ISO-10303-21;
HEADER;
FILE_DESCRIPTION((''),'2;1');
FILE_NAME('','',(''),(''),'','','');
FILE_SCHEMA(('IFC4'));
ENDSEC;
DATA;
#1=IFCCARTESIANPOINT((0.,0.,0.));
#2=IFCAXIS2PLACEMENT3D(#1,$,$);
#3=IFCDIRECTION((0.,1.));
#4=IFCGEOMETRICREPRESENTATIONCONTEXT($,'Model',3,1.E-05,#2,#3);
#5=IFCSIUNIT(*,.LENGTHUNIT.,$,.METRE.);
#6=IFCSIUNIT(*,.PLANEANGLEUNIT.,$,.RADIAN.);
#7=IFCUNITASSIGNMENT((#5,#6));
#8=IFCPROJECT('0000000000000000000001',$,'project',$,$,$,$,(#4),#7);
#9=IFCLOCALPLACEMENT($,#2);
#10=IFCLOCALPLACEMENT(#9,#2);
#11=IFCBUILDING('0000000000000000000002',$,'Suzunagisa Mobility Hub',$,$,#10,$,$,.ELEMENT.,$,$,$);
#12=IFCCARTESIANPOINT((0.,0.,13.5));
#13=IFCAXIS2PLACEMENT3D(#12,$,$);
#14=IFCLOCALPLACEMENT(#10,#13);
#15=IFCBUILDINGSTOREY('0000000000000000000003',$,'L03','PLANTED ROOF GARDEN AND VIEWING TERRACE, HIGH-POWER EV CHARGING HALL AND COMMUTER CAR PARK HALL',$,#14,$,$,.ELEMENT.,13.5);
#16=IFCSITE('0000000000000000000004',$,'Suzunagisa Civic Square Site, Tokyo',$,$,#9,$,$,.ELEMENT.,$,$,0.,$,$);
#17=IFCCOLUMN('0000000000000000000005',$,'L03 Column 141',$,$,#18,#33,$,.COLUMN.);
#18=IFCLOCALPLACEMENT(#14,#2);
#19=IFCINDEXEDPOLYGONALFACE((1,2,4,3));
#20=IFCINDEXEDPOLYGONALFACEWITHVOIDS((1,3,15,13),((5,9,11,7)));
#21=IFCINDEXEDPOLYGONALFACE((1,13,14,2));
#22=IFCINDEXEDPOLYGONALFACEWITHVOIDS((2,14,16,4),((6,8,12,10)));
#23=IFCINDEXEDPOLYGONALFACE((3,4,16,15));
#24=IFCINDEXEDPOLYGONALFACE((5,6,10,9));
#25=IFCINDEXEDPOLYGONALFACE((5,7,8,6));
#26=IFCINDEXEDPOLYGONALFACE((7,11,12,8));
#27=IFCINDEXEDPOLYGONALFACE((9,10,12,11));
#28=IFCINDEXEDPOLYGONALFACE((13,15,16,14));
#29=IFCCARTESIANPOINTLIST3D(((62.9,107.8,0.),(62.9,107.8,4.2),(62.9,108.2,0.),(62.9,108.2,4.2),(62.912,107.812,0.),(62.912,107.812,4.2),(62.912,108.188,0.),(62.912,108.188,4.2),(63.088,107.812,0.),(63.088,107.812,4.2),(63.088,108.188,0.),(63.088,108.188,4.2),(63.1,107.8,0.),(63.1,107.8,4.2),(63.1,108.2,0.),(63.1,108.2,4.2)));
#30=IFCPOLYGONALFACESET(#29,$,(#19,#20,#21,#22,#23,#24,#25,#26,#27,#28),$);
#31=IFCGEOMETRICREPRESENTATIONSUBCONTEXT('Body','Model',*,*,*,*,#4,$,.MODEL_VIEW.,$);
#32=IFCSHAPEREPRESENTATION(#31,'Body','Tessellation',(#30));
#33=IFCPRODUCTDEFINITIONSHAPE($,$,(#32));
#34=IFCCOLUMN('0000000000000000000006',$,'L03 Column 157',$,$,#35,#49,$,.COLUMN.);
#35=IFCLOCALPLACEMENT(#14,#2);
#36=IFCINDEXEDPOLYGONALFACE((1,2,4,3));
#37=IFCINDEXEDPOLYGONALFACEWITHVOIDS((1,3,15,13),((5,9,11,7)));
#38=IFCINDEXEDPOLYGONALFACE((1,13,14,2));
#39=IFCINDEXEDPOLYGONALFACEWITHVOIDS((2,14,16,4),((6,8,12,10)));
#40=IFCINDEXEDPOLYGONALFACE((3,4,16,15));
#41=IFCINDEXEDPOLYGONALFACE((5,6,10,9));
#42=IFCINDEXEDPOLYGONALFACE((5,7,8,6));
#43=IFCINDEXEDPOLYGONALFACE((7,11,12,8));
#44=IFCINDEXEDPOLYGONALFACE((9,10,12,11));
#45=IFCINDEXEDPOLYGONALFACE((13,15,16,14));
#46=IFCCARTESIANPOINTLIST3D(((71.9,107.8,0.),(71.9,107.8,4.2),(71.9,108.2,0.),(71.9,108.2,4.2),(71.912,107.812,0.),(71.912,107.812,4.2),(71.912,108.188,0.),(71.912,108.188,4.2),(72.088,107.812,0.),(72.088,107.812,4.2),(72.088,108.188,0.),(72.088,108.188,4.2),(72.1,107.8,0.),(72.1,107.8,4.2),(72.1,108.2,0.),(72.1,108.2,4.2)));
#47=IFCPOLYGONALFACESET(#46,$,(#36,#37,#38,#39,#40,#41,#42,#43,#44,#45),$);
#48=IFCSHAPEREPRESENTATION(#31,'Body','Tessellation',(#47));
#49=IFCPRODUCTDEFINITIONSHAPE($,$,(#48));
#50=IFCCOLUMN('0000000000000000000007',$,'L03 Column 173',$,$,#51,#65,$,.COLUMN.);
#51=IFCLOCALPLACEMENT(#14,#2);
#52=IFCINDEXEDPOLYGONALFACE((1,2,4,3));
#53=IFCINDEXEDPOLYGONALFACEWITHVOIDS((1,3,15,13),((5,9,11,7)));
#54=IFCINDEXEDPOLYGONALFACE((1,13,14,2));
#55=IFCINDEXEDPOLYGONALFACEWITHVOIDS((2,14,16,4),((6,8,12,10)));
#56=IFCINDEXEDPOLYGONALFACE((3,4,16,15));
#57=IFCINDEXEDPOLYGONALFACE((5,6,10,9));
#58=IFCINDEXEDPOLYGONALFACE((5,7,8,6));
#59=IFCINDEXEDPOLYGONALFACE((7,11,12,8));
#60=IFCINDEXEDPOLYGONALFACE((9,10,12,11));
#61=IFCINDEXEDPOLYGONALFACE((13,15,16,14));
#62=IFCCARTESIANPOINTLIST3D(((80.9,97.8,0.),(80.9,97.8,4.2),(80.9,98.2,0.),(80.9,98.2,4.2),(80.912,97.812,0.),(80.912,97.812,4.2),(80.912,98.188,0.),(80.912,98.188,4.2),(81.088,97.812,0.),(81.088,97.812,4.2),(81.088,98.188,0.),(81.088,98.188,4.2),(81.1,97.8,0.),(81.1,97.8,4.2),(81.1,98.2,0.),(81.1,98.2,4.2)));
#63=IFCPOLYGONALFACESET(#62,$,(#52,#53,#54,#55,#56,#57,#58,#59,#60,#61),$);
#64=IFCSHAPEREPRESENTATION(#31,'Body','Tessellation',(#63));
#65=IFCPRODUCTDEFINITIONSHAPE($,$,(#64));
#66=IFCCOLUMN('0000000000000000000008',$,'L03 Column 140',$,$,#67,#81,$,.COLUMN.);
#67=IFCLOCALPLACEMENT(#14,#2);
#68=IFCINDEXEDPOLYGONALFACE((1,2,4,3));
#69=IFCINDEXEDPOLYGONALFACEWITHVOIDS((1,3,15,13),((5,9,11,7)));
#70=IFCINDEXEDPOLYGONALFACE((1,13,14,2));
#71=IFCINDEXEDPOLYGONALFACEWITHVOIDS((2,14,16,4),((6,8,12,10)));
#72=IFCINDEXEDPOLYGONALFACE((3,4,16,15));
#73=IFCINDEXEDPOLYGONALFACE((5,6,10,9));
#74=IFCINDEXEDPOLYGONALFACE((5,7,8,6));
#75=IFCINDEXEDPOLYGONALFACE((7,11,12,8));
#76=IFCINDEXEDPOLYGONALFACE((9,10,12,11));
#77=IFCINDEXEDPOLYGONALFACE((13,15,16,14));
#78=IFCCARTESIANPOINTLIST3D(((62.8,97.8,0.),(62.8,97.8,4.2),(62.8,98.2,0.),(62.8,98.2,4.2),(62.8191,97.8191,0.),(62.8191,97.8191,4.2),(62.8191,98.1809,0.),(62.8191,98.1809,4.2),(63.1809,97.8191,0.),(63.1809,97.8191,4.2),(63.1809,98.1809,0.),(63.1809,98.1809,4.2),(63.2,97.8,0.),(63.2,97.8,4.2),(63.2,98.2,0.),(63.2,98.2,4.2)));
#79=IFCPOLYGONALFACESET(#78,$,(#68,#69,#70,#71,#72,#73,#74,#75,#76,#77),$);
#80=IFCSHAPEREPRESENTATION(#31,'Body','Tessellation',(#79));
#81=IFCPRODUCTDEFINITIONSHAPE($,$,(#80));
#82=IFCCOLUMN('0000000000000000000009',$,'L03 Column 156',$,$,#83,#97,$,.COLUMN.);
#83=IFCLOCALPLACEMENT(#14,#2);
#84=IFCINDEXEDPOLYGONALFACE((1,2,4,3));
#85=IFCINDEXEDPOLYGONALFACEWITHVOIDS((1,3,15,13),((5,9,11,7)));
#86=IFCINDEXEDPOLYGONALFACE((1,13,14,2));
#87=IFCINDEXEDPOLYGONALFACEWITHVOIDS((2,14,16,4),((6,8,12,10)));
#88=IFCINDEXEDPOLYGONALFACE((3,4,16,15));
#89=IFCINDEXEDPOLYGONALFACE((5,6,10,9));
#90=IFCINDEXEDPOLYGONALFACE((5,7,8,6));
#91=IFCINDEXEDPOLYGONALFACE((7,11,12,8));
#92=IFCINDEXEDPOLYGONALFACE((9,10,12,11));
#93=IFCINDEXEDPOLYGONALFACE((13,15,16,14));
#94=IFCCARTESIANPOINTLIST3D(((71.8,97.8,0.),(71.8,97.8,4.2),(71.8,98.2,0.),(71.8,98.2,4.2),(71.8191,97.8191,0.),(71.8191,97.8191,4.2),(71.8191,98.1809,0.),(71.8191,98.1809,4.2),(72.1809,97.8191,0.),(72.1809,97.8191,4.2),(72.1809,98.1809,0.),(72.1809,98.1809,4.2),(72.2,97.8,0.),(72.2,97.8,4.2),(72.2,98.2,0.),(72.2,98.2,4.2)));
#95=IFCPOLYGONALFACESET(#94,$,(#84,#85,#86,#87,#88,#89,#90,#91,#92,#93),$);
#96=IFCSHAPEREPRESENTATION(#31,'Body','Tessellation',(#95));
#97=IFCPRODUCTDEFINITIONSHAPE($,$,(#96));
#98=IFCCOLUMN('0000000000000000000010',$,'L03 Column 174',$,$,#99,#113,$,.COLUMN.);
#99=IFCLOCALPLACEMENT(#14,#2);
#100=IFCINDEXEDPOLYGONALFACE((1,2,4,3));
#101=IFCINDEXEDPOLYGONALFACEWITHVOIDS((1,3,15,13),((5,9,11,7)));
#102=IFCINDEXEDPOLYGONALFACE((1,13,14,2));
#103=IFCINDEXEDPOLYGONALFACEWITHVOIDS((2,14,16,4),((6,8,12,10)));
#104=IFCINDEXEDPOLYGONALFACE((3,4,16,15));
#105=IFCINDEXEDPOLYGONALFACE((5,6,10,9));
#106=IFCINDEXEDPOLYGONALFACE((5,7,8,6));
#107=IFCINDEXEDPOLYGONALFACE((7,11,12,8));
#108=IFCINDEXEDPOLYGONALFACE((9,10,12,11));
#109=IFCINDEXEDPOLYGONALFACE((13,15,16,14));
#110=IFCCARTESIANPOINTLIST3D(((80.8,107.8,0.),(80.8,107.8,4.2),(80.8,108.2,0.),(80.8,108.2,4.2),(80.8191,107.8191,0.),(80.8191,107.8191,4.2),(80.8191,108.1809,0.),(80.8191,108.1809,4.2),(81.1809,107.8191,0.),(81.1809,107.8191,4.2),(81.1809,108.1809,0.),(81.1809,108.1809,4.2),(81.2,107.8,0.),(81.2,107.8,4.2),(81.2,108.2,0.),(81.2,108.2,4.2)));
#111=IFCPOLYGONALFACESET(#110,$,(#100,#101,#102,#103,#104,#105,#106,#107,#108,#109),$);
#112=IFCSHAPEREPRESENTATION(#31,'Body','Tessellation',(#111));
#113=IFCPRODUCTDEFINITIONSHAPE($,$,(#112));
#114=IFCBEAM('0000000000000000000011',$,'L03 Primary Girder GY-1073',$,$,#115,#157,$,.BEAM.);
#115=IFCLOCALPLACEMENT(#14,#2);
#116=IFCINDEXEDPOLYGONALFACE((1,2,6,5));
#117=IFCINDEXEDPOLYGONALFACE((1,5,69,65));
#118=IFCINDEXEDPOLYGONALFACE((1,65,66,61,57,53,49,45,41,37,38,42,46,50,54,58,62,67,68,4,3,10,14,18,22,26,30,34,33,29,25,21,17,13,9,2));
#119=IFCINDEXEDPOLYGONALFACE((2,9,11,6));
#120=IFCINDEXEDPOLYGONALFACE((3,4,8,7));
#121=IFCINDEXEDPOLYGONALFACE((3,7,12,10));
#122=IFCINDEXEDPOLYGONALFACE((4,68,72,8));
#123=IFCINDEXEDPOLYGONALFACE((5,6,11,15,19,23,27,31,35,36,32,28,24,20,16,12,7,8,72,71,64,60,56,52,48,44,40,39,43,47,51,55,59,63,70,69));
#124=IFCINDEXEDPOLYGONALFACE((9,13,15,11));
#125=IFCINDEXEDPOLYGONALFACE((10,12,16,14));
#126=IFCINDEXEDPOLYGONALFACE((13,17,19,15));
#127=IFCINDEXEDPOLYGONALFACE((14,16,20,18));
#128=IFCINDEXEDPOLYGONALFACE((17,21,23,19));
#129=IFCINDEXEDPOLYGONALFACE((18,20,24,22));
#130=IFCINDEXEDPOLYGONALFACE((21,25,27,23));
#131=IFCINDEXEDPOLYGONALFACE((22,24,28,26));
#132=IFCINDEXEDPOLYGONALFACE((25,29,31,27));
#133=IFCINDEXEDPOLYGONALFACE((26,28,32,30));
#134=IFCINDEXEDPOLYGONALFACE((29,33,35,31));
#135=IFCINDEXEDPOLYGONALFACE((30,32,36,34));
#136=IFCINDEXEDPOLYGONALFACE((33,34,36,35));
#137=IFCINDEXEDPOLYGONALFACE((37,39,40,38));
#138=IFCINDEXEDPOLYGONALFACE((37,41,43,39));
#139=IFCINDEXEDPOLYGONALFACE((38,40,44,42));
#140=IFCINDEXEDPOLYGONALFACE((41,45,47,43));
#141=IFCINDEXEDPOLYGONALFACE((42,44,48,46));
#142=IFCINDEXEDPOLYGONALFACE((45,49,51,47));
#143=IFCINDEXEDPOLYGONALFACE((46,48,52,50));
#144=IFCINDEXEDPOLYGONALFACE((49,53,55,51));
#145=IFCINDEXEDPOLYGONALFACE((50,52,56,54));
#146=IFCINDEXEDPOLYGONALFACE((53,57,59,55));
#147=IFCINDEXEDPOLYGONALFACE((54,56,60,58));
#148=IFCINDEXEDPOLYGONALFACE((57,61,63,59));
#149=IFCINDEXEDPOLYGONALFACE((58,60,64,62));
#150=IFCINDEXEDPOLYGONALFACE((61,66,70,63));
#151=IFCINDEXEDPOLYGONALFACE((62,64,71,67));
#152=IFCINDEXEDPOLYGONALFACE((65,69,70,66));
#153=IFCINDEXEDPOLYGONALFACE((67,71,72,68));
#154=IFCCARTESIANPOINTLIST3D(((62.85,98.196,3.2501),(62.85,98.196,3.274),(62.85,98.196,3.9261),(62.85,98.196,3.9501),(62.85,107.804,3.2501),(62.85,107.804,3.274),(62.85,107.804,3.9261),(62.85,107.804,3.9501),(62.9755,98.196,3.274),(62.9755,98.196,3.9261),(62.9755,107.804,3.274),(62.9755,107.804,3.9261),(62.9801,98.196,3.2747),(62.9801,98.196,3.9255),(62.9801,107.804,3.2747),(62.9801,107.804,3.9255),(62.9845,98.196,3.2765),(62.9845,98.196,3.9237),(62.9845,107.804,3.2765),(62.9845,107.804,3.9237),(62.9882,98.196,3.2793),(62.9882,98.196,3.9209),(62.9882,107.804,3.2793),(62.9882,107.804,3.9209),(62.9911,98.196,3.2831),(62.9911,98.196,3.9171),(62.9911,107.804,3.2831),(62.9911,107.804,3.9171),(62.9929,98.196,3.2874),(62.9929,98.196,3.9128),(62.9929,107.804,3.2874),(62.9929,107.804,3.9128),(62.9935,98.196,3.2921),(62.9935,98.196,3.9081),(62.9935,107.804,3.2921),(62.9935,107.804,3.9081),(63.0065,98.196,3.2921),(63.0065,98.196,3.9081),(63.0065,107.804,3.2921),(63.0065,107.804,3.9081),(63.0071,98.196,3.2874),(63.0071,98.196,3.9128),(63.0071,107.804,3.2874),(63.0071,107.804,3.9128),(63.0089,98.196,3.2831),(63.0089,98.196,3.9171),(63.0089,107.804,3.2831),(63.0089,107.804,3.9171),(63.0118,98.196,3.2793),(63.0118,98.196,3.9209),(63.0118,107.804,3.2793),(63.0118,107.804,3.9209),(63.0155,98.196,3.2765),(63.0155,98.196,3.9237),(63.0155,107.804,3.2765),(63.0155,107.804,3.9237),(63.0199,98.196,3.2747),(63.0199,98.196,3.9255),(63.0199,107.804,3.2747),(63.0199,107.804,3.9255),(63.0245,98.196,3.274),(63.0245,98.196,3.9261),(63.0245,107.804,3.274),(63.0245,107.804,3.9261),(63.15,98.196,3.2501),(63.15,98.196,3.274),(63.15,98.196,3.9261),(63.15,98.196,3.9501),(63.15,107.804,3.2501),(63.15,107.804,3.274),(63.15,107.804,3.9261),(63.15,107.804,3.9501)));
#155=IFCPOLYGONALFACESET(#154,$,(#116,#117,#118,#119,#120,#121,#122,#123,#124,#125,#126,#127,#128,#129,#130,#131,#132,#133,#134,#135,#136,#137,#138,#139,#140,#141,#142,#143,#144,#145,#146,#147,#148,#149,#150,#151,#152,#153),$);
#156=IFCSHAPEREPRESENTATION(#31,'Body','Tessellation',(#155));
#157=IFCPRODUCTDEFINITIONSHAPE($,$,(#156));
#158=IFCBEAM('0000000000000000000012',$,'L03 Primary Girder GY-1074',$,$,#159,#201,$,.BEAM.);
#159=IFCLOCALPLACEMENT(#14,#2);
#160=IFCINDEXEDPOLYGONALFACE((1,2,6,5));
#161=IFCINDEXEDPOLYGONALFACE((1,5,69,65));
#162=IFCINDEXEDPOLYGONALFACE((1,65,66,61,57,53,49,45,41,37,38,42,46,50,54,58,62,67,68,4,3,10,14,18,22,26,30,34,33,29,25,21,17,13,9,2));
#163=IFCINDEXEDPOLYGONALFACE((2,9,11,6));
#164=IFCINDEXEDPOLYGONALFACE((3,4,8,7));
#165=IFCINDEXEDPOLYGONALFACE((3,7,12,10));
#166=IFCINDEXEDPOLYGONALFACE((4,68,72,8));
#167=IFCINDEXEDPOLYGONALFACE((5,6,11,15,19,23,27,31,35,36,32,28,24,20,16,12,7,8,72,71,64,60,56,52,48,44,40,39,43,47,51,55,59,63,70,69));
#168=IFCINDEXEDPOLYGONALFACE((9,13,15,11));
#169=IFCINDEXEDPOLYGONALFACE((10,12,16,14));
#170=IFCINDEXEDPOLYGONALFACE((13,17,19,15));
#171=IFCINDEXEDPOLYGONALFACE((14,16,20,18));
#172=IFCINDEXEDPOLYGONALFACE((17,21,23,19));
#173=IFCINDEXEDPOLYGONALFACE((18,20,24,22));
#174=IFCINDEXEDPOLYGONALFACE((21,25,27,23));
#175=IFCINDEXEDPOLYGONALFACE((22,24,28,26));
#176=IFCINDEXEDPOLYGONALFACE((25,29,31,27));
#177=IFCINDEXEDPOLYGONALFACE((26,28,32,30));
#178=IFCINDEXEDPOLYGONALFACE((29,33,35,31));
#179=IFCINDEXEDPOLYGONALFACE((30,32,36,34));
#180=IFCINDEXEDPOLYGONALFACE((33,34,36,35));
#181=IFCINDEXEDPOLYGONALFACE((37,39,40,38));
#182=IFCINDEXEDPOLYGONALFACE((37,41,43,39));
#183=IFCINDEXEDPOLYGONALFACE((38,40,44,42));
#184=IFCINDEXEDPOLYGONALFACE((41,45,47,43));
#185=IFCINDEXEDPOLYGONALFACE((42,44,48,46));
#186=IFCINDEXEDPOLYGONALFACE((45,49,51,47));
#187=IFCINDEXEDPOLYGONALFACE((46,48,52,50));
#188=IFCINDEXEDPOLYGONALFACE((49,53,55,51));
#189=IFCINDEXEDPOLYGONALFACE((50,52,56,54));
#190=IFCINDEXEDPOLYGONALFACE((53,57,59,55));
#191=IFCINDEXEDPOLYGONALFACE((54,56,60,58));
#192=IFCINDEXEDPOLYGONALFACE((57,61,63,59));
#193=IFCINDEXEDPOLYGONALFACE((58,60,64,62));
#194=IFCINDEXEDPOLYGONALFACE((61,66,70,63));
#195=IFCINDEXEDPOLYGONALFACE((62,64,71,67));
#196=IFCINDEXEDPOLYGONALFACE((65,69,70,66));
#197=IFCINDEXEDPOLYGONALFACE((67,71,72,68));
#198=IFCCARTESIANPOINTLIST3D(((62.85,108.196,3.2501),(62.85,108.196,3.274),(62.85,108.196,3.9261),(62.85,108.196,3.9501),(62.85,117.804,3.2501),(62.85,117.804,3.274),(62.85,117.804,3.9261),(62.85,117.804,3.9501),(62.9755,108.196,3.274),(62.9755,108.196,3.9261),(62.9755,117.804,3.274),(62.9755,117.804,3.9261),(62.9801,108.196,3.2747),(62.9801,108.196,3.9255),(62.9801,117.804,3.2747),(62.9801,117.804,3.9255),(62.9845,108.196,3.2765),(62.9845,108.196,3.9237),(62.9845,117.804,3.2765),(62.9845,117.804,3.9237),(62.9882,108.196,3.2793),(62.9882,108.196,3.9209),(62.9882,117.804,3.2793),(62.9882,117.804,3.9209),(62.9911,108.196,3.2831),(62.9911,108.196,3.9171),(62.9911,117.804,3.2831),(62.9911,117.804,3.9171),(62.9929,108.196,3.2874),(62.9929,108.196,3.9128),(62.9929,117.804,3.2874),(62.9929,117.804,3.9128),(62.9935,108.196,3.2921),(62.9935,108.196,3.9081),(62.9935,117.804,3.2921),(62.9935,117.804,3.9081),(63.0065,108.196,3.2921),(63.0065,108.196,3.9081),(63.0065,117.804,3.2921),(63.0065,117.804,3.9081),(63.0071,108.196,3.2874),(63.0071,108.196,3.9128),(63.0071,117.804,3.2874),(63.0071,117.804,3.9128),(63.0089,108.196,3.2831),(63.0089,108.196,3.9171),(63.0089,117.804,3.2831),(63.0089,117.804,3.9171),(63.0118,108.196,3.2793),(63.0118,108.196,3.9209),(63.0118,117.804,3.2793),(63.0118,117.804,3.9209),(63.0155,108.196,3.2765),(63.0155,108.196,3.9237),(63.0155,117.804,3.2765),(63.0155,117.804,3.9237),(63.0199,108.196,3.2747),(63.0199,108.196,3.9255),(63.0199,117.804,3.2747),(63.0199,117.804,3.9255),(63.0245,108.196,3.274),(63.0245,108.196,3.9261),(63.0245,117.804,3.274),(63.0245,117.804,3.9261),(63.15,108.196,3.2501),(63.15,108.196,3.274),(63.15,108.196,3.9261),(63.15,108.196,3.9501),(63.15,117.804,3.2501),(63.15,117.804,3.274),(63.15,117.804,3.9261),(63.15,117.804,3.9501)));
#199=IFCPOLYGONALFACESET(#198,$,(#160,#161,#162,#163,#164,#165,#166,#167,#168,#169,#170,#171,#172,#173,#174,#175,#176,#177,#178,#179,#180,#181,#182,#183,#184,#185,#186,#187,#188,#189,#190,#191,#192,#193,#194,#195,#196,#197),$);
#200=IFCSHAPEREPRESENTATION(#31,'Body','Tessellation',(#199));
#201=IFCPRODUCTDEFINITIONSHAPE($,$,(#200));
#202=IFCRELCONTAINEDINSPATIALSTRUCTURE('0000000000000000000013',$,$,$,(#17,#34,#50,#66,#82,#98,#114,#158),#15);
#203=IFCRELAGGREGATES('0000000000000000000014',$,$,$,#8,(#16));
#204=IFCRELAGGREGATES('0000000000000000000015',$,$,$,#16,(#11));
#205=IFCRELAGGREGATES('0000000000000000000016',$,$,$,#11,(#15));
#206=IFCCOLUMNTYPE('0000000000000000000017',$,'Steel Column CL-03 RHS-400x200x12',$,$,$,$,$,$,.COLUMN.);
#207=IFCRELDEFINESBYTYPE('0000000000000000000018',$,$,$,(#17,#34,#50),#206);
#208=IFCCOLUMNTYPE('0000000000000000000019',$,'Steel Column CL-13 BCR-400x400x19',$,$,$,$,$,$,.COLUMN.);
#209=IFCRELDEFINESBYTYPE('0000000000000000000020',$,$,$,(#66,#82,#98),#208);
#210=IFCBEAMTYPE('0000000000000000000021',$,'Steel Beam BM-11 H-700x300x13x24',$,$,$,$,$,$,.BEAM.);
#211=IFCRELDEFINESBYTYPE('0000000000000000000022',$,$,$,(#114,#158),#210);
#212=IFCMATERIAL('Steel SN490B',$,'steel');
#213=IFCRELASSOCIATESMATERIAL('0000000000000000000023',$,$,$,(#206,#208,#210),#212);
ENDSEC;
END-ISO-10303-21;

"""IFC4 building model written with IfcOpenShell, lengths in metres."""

from ifc_helpers import new_model, si_unit, direction, frame, origin, origin_2d, place, context, subcontext, project, spatial, hollow_rectangle, i_section, extrude, material, material_profile, profile_set, type_object, element, save


model = new_model("IFC4")

# Units and contexts
model_context = context("Model", 3, precision=1e-05, world=origin(), true_north=direction((0.0, 1.0)))
body_context = subcontext(model_context, "Body", "Model", "MODEL_VIEW")
ifc_project = project(units=[si_unit("LENGTHUNIT", "METRE"), si_unit("PLANEANGLEUNIT", "RADIAN")], contexts=[model_context])

# Site, building, storey
site_placement = place(None, origin())
site = spatial("IfcSite", under=ifc_project, at=site_placement, Name="Suzunagisa Civic Square Site, Tokyo", CompositionType="ELEMENT", RefElevation=0.0)
building_placement = place(site_placement, origin())
building = spatial("IfcBuilding", under=site, at=building_placement, Name="Suzunagisa Mobility Hub", CompositionType="ELEMENT")
storey_placement = place(building_placement, frame((0.0, 0.0, 13.5)))
storey = spatial("IfcBuildingStorey", under=building, at=storey_placement, Name="L03", Description="PLANTED ROOF GARDEN AND VIEWING TERRACE, HIGH-POWER EV CHARGING HALL AND COMMUTER CAR PARK HALL", CompositionType="ELEMENT", Elevation=13.5)

# Columns
ifc_material_1 = material(Name="Steel SN490B", Category="steel")
ifc_material_profile_1 = material_profile(ifc_material_1, hollow_rectangle(XDim=0.2, YDim=0.3999, WallThickness=0.012, at=origin_2d()), Name="RHS-400x200x12")
ifc_profile_set_1 = profile_set([ifc_material_profile_1], Name="Steel SN490B")
column_type_1 = type_object("IfcColumnType", Name="Steel Column CL-03 RHS-400x200x12", PredefinedType="COLUMN", material=ifc_profile_set_1)
for number, where, z_axis, x_axis, name in (
    (1, (63.0, 108.0, 0.0), (0.0, 0.0, 1.0), (1.0, 0.0, 0.0), "L03 Column 141"),
    (2, (72.0, 108.0, 0.0), (0.0, 0.0, 1.0), (1.0, 0.0, 0.0), "L03 Column 157"),
    (3, (81.0, 98.0, 0.0), (0.0, 0.0, 1.0), (1.0, 0.0, 0.0), "L03 Column 173"),
):
    element("IfcColumn", number, at=place(storey_placement, frame(where, z_axis=z_axis, x_axis=x_axis)), inside=storey, type_object=column_type_1, Name=name, PredefinedType="COLUMN", context=body_context, shape_type="SweptSolid", body=[
        extrude(hollow_rectangle(XDim=0.2, YDim=0.3999, WallThickness=0.012, at=origin_2d()), origin(), (0.0, 0.0, 1.0), 4.2),
    ])
ifc_material_profile_2 = material_profile(ifc_material_1, hollow_rectangle(XDim=0.3999, YDim=0.3999, WallThickness=0.019, at=origin_2d()), Name="BCR-400x400x19")
ifc_profile_set_2 = profile_set([ifc_material_profile_2], Name="Steel SN490B")
column_type_2 = type_object("IfcColumnType", Name="Steel Column CL-13 BCR-400x400x19", PredefinedType="COLUMN", material=ifc_profile_set_2)
for number, where, z_axis, x_axis, name in (
    (4, (63.0, 98.0, 0.0), (0.0, 0.0, 1.0), (1.0, 0.0, 0.0), "L03 Column 140"),
    (5, (72.0, 98.0, 0.0), (0.0, 0.0, 1.0), (1.0, 0.0, 0.0), "L03 Column 156"),
    (6, (81.0, 108.0, 0.0), (0.0, 0.0, 1.0), (1.0, 0.0, 0.0), "L03 Column 174"),
):
    element("IfcColumn", number, at=place(storey_placement, frame(where, z_axis=z_axis, x_axis=x_axis)), inside=storey, type_object=column_type_2, Name=name, PredefinedType="COLUMN", context=body_context, shape_type="SweptSolid", body=[
        extrude(hollow_rectangle(XDim=0.3999, YDim=0.3999, WallThickness=0.019, at=origin_2d()), origin(), (0.0, 0.0, 1.0), 4.2),
    ])

# Beams
ifc_material_profile_3 = material_profile(ifc_material_1, i_section(OverallWidth=0.3, OverallDepth=0.7, WebThickness=0.0129, FlangeThickness=0.0239, FilletRadius=0.0181, at=origin_2d()), Name="H-700x300x13x24")
ifc_profile_set_3 = profile_set([ifc_material_profile_3], Name="Steel SN490B")
beam_type_1 = type_object("IfcBeamType", Name="Steel Beam BM-11 H-700x300x13x24", PredefinedType="BEAM", material=ifc_profile_set_3)
for number, where, z_axis, x_axis, name in (
    (7, (63.0, 98.196, 3.6001), (0.0, 1.0, 0.0), (-1.0, 0.0, 0.0), "L03 Primary Girder GY-1073"),
    (8, (63.0, 108.196, 3.6001), (0.0, 1.0, 0.0), (-1.0, 0.0, 0.0), "L03 Primary Girder GY-1074"),
):
    element("IfcBeam", number, at=place(storey_placement, frame(where, z_axis=z_axis, x_axis=x_axis)), inside=storey, type_object=beam_type_1, Name=name, PredefinedType="BEAM", context=body_context, shape_type="SweptSolid", body=[
        extrude(i_section(OverallWidth=0.3, OverallDepth=0.7, WebThickness=0.0129, FlangeThickness=0.0239, FilletRadius=0.0181, at=origin_2d()), origin(), (0.0, 0.0, 1.0), 9.6079),
    ])

save(model, "model.ifc")
